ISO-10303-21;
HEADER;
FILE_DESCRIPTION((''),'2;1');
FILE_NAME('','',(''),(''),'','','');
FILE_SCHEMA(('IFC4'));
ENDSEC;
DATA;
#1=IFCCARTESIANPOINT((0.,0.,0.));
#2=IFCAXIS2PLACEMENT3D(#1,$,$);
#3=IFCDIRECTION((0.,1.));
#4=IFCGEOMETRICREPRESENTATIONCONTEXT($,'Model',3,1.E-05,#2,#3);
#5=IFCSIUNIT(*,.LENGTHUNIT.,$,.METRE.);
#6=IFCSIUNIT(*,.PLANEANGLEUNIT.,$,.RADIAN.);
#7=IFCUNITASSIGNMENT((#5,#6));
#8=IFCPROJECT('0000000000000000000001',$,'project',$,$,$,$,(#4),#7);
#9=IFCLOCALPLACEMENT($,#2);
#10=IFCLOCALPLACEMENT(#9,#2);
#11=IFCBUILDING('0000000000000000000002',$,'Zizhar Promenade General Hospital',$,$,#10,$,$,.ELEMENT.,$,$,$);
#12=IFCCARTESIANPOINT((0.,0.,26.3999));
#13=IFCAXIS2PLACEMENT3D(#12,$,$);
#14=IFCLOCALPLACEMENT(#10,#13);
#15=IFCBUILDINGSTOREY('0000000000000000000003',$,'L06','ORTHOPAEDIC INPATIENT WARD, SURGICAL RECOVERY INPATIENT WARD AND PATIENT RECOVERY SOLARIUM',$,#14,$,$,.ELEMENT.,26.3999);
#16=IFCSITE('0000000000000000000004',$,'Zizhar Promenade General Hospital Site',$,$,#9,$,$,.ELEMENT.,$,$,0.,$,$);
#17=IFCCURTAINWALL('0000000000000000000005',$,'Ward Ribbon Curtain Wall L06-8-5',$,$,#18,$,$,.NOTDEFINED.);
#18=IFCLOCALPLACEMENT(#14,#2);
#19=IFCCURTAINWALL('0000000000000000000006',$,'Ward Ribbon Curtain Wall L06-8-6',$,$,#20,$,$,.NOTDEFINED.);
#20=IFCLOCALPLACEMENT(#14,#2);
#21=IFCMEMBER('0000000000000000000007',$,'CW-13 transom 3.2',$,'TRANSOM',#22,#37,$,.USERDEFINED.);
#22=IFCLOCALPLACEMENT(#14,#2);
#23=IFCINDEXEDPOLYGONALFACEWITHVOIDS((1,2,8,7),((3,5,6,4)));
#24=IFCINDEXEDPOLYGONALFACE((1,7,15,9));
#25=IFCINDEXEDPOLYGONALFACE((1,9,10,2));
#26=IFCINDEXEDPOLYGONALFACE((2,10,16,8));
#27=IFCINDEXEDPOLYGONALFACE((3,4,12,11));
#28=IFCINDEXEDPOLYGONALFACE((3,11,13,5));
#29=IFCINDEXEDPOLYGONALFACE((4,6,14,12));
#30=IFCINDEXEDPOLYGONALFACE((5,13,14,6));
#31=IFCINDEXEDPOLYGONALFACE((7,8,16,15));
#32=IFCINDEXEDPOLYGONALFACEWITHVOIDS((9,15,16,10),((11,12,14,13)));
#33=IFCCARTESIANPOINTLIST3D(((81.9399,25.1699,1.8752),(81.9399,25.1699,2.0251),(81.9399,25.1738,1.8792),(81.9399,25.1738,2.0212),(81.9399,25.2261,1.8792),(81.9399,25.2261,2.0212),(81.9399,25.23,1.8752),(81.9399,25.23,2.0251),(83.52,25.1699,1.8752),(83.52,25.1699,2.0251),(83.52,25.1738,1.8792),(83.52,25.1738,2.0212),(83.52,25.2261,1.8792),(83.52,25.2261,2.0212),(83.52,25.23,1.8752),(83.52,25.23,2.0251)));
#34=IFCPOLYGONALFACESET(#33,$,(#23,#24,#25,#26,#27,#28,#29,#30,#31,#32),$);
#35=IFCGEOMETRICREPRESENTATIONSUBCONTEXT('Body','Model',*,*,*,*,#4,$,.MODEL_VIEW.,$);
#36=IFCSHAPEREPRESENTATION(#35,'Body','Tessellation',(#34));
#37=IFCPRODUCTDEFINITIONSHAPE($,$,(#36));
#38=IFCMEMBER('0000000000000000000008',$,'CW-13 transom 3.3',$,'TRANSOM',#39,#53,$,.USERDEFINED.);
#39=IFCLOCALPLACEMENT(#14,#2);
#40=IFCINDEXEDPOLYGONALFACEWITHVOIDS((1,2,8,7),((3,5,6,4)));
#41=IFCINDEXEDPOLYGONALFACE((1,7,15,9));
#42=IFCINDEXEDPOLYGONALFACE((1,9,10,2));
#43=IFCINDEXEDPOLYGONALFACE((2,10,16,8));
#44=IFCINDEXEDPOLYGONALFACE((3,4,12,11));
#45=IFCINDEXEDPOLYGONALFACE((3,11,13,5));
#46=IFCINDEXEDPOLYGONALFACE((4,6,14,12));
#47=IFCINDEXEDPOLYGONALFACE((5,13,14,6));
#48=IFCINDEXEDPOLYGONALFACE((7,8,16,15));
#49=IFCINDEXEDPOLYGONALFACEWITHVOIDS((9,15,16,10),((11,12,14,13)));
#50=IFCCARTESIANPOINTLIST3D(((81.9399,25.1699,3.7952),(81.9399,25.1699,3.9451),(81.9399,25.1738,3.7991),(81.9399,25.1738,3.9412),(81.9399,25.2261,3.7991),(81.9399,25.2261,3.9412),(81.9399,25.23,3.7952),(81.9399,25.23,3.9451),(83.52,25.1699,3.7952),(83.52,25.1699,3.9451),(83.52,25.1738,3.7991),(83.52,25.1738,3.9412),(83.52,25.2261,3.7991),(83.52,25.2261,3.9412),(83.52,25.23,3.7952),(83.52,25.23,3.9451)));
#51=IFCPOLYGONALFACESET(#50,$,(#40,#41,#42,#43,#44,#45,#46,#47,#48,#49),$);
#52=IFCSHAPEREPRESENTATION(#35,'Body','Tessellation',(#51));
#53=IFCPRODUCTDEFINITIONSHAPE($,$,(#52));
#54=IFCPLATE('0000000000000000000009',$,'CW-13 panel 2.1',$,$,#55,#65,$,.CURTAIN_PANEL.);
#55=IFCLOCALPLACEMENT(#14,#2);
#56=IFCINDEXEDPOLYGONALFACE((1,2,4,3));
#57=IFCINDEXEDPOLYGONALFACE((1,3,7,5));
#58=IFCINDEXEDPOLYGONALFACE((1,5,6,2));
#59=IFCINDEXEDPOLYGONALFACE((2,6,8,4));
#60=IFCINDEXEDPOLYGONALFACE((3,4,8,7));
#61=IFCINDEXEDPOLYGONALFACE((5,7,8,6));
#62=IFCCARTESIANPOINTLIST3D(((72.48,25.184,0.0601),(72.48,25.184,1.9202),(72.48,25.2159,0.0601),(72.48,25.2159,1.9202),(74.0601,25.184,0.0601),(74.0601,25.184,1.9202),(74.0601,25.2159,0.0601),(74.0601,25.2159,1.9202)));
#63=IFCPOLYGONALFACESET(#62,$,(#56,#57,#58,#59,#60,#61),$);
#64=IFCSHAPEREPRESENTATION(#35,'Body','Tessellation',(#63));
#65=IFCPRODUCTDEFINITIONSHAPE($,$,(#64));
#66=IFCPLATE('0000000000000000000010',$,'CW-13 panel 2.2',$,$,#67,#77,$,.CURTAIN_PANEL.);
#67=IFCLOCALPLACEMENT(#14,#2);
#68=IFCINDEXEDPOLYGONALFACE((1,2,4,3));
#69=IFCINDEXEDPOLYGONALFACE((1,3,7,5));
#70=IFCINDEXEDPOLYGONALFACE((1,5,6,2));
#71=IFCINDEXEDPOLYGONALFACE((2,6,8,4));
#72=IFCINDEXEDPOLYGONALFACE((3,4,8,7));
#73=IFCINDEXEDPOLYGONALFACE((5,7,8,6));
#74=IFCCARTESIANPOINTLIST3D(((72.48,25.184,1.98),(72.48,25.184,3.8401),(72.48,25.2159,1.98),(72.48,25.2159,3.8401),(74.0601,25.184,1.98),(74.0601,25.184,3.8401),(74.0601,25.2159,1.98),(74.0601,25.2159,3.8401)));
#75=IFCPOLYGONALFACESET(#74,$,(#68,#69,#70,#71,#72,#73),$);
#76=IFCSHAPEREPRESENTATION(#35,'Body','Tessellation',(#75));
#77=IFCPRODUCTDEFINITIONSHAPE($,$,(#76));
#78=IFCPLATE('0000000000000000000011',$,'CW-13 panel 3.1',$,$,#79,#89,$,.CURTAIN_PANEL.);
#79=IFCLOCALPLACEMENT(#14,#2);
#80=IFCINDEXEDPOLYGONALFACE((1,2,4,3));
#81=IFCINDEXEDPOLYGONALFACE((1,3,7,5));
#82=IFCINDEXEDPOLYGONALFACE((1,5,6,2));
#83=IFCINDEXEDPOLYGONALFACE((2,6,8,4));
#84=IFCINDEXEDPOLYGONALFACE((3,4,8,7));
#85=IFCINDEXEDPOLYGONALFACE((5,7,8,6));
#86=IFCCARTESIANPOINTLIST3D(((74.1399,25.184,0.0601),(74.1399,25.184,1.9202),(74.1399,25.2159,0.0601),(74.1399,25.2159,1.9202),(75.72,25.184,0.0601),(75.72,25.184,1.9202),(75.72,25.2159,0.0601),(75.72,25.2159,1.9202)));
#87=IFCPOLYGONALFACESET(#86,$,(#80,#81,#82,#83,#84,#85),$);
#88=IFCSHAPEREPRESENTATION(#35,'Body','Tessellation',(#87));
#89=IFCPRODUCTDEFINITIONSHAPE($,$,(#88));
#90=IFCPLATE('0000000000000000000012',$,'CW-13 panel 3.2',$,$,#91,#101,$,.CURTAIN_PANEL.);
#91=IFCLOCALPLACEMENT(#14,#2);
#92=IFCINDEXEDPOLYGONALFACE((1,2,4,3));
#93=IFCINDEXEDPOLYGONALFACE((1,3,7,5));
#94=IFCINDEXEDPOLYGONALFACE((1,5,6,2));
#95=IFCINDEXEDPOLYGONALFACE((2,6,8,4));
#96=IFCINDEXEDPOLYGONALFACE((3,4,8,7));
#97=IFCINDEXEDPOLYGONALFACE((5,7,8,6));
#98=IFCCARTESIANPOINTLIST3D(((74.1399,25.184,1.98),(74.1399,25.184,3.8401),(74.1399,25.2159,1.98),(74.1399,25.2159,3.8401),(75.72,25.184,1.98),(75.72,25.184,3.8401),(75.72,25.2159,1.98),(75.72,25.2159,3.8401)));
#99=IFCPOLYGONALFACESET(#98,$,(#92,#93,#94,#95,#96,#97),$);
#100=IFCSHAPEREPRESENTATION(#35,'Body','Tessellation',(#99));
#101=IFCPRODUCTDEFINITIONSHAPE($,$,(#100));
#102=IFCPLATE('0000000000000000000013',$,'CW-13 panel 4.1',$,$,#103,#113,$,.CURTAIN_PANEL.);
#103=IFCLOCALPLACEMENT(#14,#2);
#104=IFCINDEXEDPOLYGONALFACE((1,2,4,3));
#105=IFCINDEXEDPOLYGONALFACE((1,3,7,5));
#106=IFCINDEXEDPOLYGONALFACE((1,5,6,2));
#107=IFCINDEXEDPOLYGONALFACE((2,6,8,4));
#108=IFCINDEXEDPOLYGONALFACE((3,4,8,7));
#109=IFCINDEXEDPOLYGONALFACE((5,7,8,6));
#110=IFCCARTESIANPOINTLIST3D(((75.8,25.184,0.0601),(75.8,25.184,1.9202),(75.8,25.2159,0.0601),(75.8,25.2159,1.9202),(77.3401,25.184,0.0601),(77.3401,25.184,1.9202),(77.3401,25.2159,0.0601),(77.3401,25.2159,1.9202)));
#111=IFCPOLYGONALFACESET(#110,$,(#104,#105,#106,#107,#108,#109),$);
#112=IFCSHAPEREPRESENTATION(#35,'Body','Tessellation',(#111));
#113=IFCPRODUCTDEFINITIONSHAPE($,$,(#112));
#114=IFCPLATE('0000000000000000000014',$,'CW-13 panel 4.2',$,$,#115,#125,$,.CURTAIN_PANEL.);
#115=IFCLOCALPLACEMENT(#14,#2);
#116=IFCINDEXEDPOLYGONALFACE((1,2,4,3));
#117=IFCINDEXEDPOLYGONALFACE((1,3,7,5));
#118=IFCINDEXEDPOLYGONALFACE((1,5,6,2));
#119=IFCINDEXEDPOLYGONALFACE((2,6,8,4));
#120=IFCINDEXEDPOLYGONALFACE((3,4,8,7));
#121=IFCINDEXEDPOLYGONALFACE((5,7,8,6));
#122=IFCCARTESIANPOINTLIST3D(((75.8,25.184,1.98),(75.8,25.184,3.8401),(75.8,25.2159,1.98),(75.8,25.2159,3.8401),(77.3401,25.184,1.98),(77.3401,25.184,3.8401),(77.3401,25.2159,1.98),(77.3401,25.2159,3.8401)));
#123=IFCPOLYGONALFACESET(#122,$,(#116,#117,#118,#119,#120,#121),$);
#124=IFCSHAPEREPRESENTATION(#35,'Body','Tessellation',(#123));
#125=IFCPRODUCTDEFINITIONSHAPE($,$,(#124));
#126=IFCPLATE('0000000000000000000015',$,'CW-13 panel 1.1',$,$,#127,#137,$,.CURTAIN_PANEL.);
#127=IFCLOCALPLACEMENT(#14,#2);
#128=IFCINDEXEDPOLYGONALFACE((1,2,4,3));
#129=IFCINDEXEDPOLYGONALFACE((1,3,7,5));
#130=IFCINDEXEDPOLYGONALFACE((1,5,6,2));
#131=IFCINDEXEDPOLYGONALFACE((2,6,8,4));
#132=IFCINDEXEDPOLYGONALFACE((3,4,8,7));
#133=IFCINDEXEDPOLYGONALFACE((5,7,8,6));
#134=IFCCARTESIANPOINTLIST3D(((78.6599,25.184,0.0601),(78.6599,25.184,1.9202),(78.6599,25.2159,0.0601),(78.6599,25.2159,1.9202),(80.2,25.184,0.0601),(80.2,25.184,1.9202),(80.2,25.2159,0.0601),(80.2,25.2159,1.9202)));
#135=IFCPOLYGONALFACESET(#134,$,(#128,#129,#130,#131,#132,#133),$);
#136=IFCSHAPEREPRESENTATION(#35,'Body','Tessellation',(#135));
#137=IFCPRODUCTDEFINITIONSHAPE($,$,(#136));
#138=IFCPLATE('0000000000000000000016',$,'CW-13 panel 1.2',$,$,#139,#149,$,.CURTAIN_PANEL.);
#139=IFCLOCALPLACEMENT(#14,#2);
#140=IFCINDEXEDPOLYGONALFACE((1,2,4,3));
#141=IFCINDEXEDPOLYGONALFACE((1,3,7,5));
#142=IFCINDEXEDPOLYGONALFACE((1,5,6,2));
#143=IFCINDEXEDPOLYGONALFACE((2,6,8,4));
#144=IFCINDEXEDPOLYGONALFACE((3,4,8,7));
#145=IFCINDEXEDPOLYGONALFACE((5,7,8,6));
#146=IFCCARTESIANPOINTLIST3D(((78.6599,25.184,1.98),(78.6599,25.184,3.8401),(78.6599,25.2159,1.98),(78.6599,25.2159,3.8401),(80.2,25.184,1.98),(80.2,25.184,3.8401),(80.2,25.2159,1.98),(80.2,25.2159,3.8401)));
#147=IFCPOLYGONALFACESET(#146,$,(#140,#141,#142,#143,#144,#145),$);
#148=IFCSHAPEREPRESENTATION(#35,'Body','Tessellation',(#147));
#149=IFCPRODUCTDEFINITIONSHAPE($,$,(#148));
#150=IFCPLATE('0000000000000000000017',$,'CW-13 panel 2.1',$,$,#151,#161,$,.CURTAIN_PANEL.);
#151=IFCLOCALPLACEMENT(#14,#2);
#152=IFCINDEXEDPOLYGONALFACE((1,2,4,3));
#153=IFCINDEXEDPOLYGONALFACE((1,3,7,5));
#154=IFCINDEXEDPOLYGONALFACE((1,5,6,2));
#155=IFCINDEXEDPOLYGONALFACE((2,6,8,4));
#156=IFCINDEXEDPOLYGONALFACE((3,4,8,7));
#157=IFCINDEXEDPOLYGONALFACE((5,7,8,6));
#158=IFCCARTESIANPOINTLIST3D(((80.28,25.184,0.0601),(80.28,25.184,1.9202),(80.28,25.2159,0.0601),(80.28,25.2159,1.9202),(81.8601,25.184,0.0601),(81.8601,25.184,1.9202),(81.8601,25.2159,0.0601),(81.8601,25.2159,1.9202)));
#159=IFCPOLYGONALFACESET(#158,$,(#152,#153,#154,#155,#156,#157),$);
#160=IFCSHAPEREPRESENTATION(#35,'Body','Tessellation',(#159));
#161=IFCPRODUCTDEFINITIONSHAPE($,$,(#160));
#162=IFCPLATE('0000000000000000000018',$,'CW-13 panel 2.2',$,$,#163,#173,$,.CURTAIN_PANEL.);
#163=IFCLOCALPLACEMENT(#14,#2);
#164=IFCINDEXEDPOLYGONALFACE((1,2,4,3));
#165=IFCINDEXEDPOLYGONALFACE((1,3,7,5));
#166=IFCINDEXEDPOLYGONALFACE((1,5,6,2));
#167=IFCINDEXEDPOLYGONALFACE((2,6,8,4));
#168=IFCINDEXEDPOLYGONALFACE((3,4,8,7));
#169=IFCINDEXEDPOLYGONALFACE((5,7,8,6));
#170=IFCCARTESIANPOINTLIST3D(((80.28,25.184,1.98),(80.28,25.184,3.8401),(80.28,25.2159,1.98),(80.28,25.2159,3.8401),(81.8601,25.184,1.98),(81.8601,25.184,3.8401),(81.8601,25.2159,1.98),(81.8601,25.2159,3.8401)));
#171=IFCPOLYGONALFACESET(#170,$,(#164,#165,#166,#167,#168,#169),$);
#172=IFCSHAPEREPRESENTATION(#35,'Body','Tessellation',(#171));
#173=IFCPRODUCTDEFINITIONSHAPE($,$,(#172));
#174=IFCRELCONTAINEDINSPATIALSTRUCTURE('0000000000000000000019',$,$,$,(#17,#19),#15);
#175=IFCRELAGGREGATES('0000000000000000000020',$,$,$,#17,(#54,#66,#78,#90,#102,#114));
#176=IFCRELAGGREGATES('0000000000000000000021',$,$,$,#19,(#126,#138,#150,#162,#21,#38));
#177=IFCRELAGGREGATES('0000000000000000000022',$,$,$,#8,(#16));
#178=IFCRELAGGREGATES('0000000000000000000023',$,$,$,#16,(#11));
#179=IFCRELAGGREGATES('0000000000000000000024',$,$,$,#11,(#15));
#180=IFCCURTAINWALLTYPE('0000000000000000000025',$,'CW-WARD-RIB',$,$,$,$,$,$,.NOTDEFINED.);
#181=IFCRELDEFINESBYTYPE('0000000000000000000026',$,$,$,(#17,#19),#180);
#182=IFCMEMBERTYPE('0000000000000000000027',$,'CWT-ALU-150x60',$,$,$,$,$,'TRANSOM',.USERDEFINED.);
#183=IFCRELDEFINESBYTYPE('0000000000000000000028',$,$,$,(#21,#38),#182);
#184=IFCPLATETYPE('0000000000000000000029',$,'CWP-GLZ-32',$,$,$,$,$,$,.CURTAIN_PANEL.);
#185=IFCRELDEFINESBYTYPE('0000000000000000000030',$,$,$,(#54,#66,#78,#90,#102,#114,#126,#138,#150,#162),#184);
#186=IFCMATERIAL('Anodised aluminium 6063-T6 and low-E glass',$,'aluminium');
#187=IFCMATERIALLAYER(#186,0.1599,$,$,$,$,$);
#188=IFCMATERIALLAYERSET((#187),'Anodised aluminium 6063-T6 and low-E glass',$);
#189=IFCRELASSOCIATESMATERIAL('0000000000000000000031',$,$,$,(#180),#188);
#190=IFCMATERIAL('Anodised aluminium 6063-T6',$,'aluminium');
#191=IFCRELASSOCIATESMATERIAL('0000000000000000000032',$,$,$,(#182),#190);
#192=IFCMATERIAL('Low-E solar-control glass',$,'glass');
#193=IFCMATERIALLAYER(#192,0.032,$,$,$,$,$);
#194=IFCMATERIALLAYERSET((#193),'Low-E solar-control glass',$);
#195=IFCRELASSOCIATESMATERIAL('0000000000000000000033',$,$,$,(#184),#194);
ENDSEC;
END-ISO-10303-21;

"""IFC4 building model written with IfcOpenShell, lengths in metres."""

from ifc_helpers import new_model, si_unit, direction, frame, origin, origin_2d, place, context, subcontext, project, spatial, rectangle, hollow_rectangle, extrude, material, layer, layer_set, material_profile, profile_set, type_object, element, aggregate, save


model = new_model("IFC4")

# Units and contexts
model_context = context("Model", 3, precision=1e-05, world=origin(), true_north=direction((0.0, 1.0)))
body_context = subcontext(model_context, "Body", "Model", "MODEL_VIEW")
ifc_project = project(units=[si_unit("LENGTHUNIT", "METRE"), si_unit("PLANEANGLEUNIT", "RADIAN")], contexts=[model_context])

# Site, building, storey
site_placement = place(None, origin())
site = spatial("IfcSite", under=ifc_project, at=site_placement, Name="Zizhar Promenade General Hospital Site", CompositionType="ELEMENT", RefElevation=0.0)
building_placement = place(site_placement, origin())
building = spatial("IfcBuilding", under=site, at=building_placement, Name="Zizhar Promenade General Hospital", CompositionType="ELEMENT")
storey_placement = place(building_placement, frame((0.0, 0.0, 26.3999)))
storey = spatial("IfcBuildingStorey", under=building, at=storey_placement, Name="L06", Description="ORTHOPAEDIC INPATIENT WARD, SURGICAL RECOVERY INPATIENT WARD AND PATIENT RECOVERY SOLARIUM", CompositionType="ELEMENT", Elevation=26.3999)

# Curtain walls
ifc_material_1 = material(Name="Anodised aluminium 6063-T6 and low-E glass", Category="aluminium")
ifc_layer_1 = layer(ifc_material_1, 0.1599)
ifc_layer_set_1 = layer_set([ifc_layer_1], Name="Anodised aluminium 6063-T6 and low-E glass")
curtain_wall_type = type_object("IfcCurtainWallType", Name="CW-WARD-RIB", PredefinedType="NOTDEFINED", material=ifc_layer_set_1)
curtain_wall_1_placement = place(storey_placement, origin())
curtain_wall_1 = element("IfcCurtainWall", 1, at=curtain_wall_1_placement, inside=storey, type_object=curtain_wall_type, Name="Ward Ribbon Curtain Wall L06-8-5", PredefinedType="NOTDEFINED")
curtain_wall_2_placement = place(storey_placement, origin())
curtain_wall_2 = element("IfcCurtainWall", 2, at=curtain_wall_2_placement, inside=storey, type_object=curtain_wall_type, Name="Ward Ribbon Curtain Wall L06-8-6", PredefinedType="NOTDEFINED")

# Members
ifc_material_2 = material(Name="Anodised aluminium 6063-T6", Category="aluminium")
ifc_material_profile_1 = material_profile(ifc_material_2, hollow_rectangle(XDim=0.0601, YDim=0.1499, WallThickness=0.0039, at=origin_2d()))
ifc_profile_set_1 = profile_set([ifc_material_profile_1], Name="Anodised aluminium 6063-T6")
member_type_1 = type_object("IfcMemberType", Name="CWT-ALU-150x60", ElementType="TRANSOM", PredefinedType="USERDEFINED", material=ifc_profile_set_1)
member_1_placement = place(storey_placement, frame((81.9399, 25.2, 1.9502), z_axis=(1.0, 0.0, 0.0), x_axis=(0.0, 1.0, 0.0)))
member_1 = element("IfcMember", 3, at=member_1_placement, type_object=member_type_1, Name="CW-13 transom 3.2", ObjectType="TRANSOM", PredefinedType="USERDEFINED", context=body_context, shape_type="SweptSolid", body=[
    extrude(hollow_rectangle(XDim=0.0601, YDim=0.1499, WallThickness=0.0039, at=origin_2d()), origin(), (0.0, 0.0, 1.0), 1.5801),
])
member_2_placement = place(storey_placement, frame((81.9399, 25.2, 3.8701), z_axis=(1.0, 0.0, 0.0), x_axis=(0.0, 1.0, 0.0)))
member_2 = element("IfcMember", 4, at=member_2_placement, type_object=member_type_1, Name="CW-13 transom 3.3", ObjectType="TRANSOM", PredefinedType="USERDEFINED", context=body_context, shape_type="SweptSolid", body=[
    extrude(hollow_rectangle(XDim=0.0601, YDim=0.1499, WallThickness=0.0039, at=origin_2d()), origin(), (0.0, 0.0, 1.0), 1.5801),
])

# Plates
ifc_material_3 = material(Name="Low-E solar-control glass", Category="glass")
ifc_layer_2 = layer(ifc_material_3, 0.032)
ifc_layer_set_2 = layer_set([ifc_layer_2], Name="Low-E solar-control glass")
plate_type = type_object("IfcPlateType", Name="CWP-GLZ-32", PredefinedType="CURTAIN_PANEL", material=ifc_layer_set_2)
plate_1_placement = place(storey_placement, frame((73.27, 25.2, 0.0601), z_axis=(0.0, 0.0, 1.0), x_axis=(1.0, 0.0, 0.0)))
plate_1 = element("IfcPlate", 5, at=plate_1_placement, type_object=plate_type, Name="CW-13 panel 2.1", PredefinedType="CURTAIN_PANEL", context=body_context, shape_type="SweptSolid", body=[
    extrude(rectangle(XDim=1.5801, YDim=0.032, at=origin_2d()), origin(), (0.0, 0.0, 1.0), 1.8601),
])
plate_2_placement = place(storey_placement, frame((73.27, 25.2, 1.98), z_axis=(0.0, 0.0, 1.0), x_axis=(1.0, 0.0, 0.0)))
plate_2 = element("IfcPlate", 6, at=plate_2_placement, type_object=plate_type, Name="CW-13 panel 2.2", PredefinedType="CURTAIN_PANEL", context=body_context, shape_type="SweptSolid", body=[
    extrude(rectangle(XDim=1.5801, YDim=0.032, at=origin_2d()), origin(), (0.0, 0.0, 1.0), 1.8601),
])
plate_3_placement = place(storey_placement, frame((74.9299, 25.2, 0.0601), z_axis=(0.0, 0.0, 1.0), x_axis=(1.0, 0.0, 0.0)))
plate_3 = element("IfcPlate", 7, at=plate_3_placement, type_object=plate_type, Name="CW-13 panel 3.1", PredefinedType="CURTAIN_PANEL", context=body_context, shape_type="SweptSolid", body=[
    extrude(rectangle(XDim=1.5801, YDim=0.032, at=origin_2d()), origin(), (0.0, 0.0, 1.0), 1.8601),
])
plate_4_placement = place(storey_placement, frame((74.9299, 25.2, 1.98), z_axis=(0.0, 0.0, 1.0), x_axis=(1.0, 0.0, 0.0)))
plate_4 = element("IfcPlate", 8, at=plate_4_placement, type_object=plate_type, Name="CW-13 panel 3.2", PredefinedType="CURTAIN_PANEL", context=body_context, shape_type="SweptSolid", body=[
    extrude(rectangle(XDim=1.5801, YDim=0.032, at=origin_2d()), origin(), (0.0, 0.0, 1.0), 1.8601),
])
plate_5_placement = place(storey_placement, frame((76.5701, 25.2, 0.0601), z_axis=(0.0, 0.0, 1.0), x_axis=(1.0, 0.0, 0.0)))
plate_5 = element("IfcPlate", 9, at=plate_5_placement, type_object=plate_type, Name="CW-13 panel 4.1", PredefinedType="CURTAIN_PANEL", context=body_context, shape_type="SweptSolid", body=[
    extrude(rectangle(XDim=1.54, YDim=0.032, at=origin_2d()), origin(), (0.0, 0.0, 1.0), 1.8601),
])
plate_6_placement = place(storey_placement, frame((76.5701, 25.2, 1.98), z_axis=(0.0, 0.0, 1.0), x_axis=(1.0, 0.0, 0.0)))
plate_6 = element("IfcPlate", 10, at=plate_6_placement, type_object=plate_type, Name="CW-13 panel 4.2", PredefinedType="CURTAIN_PANEL", context=body_context, shape_type="SweptSolid", body=[
    extrude(rectangle(XDim=1.54, YDim=0.032, at=origin_2d()), origin(), (0.0, 0.0, 1.0), 1.8601),
])
aggregate(curtain_wall_1, [plate_1, plate_2, plate_3, plate_4, plate_5, plate_6])
plate_7_placement = place(storey_placement, frame((79.4299, 25.2, 0.0601), z_axis=(0.0, 0.0, 1.0), x_axis=(1.0, 0.0, 0.0)))
plate_7 = element("IfcPlate", 11, at=plate_7_placement, type_object=plate_type, Name="CW-13 panel 1.1", PredefinedType="CURTAIN_PANEL", context=body_context, shape_type="SweptSolid", body=[
    extrude(rectangle(XDim=1.54, YDim=0.032, at=origin_2d()), origin(), (0.0, 0.0, 1.0), 1.8601),
])
plate_8_placement = place(storey_placement, frame((79.4299, 25.2, 1.98), z_axis=(0.0, 0.0, 1.0), x_axis=(1.0, 0.0, 0.0)))
plate_8 = element("IfcPlate", 12, at=plate_8_placement, type_object=plate_type, Name="CW-13 panel 1.2", PredefinedType="CURTAIN_PANEL", context=body_context, shape_type="SweptSolid", body=[
    extrude(rectangle(XDim=1.54, YDim=0.032, at=origin_2d()), origin(), (0.0, 0.0, 1.0), 1.8601),
])
plate_9_placement = place(storey_placement, frame((81.0701, 25.2, 0.0601), z_axis=(0.0, 0.0, 1.0), x_axis=(1.0, 0.0, 0.0)))
plate_9 = element("IfcPlate", 13, at=plate_9_placement, type_object=plate_type, Name="CW-13 panel 2.1", PredefinedType="CURTAIN_PANEL", context=body_context, shape_type="SweptSolid", body=[
    extrude(rectangle(XDim=1.5801, YDim=0.032, at=origin_2d()), origin(), (0.0, 0.0, 1.0), 1.8601),
])
plate_10_placement = place(storey_placement, frame((81.0701, 25.2, 1.98), z_axis=(0.0, 0.0, 1.0), x_axis=(1.0, 0.0, 0.0)))
plate_10 = element("IfcPlate", 14, at=plate_10_placement, type_object=plate_type, Name="CW-13 panel 2.2", PredefinedType="CURTAIN_PANEL", context=body_context, shape_type="SweptSolid", body=[
    extrude(rectangle(XDim=1.5801, YDim=0.032, at=origin_2d()), origin(), (0.0, 0.0, 1.0), 1.8601),
])
aggregate(curtain_wall_2, [plate_7, plate_8, plate_9, plate_10, member_1, member_2])

save(model, "model.ifc")
